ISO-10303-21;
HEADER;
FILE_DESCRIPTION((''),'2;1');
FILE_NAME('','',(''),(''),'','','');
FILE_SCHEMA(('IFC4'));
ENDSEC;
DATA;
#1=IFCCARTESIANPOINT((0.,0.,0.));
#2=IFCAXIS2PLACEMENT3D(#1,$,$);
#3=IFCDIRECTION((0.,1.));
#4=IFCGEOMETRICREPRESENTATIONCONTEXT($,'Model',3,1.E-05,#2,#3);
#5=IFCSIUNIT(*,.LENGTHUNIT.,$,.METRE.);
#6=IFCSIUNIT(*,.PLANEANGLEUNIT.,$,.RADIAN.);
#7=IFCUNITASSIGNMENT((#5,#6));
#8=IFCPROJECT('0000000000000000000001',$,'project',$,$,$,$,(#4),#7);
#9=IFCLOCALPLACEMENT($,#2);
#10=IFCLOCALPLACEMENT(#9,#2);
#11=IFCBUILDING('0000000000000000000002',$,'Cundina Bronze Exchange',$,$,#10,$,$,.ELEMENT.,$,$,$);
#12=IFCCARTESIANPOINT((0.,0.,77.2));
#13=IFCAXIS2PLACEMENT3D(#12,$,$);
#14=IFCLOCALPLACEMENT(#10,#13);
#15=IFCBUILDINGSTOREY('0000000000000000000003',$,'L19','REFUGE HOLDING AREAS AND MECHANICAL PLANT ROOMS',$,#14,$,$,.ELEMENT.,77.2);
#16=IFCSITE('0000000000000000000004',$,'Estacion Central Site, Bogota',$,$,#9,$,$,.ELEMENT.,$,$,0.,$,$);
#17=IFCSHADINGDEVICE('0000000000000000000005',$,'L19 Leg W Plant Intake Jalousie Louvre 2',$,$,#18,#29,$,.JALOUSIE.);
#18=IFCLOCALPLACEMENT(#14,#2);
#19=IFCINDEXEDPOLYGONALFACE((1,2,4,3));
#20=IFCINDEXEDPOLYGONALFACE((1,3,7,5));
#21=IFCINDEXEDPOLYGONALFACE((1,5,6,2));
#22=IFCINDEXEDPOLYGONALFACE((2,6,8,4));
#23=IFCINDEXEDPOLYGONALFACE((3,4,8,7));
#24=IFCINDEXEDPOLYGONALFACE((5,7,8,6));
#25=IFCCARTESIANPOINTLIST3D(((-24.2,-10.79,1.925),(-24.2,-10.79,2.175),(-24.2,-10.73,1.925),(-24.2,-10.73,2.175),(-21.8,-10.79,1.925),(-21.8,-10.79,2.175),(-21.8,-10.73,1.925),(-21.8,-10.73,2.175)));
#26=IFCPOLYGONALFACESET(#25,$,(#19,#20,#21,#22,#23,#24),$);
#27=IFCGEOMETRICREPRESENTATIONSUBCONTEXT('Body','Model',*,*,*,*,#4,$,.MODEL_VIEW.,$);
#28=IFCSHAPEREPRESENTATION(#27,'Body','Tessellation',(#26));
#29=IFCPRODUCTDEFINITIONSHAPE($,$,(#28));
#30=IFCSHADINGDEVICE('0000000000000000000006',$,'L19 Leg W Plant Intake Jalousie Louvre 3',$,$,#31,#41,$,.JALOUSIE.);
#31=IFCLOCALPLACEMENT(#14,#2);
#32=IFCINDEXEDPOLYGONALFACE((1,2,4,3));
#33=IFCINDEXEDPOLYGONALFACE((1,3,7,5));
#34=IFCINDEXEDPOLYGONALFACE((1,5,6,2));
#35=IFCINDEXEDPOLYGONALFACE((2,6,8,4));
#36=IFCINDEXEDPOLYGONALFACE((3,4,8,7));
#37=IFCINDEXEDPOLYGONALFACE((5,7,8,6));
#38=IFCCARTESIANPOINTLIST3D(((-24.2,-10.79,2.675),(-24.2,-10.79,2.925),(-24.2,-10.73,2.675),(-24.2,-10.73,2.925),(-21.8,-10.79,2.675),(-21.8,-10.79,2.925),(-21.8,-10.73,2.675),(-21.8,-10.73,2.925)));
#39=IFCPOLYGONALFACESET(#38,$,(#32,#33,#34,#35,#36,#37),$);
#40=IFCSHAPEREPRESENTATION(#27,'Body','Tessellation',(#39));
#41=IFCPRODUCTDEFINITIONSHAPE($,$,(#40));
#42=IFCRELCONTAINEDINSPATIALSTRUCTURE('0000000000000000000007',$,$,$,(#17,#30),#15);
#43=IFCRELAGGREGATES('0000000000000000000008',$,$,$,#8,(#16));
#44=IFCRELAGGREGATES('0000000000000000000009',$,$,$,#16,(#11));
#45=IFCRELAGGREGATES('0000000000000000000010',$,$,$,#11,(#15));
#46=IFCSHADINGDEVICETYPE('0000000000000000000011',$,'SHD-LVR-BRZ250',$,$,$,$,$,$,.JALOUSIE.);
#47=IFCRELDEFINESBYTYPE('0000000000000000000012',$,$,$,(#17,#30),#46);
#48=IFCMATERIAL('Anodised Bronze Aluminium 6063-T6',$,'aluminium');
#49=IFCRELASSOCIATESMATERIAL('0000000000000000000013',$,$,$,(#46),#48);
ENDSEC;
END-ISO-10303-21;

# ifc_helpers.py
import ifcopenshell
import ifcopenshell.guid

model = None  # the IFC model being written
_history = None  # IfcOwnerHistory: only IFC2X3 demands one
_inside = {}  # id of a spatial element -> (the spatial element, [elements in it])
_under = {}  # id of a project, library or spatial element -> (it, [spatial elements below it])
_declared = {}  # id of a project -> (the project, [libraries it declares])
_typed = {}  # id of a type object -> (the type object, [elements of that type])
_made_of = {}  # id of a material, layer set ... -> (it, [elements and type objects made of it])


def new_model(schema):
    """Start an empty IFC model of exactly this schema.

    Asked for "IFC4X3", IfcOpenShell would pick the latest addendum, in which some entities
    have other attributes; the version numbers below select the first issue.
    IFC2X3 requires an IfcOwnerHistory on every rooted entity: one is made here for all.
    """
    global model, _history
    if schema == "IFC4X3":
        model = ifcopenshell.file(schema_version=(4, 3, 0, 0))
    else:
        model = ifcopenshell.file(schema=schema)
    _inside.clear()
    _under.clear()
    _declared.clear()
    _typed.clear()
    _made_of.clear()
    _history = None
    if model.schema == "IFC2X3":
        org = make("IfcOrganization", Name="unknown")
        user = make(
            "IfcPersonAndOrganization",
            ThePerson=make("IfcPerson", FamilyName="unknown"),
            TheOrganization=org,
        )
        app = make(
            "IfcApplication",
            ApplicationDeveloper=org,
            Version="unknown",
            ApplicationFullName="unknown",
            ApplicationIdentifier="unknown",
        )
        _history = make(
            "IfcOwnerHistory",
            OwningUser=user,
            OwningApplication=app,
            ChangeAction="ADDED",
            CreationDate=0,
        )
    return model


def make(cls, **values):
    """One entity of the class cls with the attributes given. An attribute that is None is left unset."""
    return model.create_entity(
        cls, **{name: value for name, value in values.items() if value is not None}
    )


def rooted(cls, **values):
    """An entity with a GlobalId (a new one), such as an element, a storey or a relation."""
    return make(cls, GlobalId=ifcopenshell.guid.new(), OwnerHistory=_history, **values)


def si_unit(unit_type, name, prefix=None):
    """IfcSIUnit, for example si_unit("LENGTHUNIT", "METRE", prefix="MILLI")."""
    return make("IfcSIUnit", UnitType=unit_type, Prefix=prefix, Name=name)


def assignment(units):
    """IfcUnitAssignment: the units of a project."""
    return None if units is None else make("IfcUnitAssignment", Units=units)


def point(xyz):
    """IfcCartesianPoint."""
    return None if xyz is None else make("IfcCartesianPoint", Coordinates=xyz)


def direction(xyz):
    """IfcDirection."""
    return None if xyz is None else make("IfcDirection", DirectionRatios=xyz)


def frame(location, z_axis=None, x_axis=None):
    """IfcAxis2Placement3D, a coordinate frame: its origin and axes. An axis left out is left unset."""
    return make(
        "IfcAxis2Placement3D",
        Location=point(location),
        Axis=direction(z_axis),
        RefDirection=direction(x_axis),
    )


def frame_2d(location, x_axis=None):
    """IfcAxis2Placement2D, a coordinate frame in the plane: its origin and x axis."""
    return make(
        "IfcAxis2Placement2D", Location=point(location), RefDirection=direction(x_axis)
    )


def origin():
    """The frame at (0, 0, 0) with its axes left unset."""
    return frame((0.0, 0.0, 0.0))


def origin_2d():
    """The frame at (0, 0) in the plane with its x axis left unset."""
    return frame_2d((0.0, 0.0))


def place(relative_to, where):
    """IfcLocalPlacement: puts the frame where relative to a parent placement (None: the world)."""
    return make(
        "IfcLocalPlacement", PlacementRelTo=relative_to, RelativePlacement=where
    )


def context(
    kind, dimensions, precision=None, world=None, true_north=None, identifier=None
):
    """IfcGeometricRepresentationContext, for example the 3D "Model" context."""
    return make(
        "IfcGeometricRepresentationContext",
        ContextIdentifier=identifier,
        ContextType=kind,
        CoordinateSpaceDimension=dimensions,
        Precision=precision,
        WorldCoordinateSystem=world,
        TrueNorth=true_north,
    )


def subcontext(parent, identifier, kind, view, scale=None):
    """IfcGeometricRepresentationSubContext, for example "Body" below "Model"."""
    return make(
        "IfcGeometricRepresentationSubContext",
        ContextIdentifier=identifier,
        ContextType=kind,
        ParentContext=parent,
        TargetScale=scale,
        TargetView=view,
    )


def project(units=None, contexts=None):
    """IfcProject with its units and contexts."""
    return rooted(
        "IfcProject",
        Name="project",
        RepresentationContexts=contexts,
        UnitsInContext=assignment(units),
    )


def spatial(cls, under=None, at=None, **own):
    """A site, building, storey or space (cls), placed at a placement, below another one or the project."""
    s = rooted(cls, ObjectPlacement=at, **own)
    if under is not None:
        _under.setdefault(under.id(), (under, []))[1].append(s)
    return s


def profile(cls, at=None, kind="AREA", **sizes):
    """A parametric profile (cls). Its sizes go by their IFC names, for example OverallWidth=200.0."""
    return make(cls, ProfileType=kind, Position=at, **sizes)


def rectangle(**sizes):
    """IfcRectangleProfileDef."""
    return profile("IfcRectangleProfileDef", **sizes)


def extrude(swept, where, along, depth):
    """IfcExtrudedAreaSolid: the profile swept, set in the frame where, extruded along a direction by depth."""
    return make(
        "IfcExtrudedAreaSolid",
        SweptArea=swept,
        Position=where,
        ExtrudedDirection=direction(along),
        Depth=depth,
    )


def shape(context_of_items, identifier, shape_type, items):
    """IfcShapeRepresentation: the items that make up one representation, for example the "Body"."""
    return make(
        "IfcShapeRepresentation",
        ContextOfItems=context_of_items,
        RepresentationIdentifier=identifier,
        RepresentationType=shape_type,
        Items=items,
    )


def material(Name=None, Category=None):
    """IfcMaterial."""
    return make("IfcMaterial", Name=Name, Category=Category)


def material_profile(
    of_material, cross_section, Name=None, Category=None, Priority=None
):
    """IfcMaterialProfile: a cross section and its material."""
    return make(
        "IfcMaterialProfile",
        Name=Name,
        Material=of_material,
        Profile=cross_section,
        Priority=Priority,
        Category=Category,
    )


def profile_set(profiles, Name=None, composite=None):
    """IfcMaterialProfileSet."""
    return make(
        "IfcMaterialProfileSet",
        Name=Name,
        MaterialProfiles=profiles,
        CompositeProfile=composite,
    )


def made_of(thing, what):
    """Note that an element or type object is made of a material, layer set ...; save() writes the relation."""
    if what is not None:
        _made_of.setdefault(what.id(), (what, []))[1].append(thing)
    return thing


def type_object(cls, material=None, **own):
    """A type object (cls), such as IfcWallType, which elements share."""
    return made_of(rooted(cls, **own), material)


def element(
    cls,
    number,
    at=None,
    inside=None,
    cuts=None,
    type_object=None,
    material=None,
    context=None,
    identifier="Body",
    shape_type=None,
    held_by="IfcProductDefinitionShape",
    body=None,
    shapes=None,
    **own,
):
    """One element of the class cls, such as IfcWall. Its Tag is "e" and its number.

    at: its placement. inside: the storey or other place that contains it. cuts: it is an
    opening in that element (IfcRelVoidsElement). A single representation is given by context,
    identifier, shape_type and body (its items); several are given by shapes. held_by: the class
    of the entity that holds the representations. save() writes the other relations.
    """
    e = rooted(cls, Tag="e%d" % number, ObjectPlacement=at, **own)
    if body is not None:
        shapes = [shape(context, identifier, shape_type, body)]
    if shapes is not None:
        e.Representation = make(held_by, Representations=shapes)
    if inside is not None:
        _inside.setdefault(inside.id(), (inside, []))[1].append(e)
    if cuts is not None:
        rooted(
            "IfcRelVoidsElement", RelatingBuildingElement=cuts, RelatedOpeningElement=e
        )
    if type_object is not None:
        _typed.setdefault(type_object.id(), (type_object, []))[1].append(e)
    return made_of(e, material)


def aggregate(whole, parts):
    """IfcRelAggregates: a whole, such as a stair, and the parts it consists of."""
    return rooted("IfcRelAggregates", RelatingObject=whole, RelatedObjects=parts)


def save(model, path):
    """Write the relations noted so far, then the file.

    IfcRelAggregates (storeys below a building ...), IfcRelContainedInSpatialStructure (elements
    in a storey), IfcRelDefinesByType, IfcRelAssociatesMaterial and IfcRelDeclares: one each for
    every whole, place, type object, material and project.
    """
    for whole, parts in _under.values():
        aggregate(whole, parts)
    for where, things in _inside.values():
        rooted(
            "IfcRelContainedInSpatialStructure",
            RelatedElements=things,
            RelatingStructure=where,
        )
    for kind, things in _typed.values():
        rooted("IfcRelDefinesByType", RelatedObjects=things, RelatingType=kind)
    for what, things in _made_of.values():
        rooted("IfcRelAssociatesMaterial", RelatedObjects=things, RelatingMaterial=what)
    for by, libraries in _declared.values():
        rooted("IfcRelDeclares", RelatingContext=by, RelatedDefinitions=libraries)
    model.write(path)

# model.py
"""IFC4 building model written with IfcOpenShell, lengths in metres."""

from ifc_helpers import new_model, si_unit, direction, frame, origin, origin_2d, place, context, subcontext, project, spatial, rectangle, extrude, material, material_profile, profile_set, type_object, element, save


model = new_model("IFC4")

# Units and contexts
model_context = context("Model", 3, precision=1e-05, world=origin(), true_north=direction((0.0, 1.0)))
body_context = subcontext(model_context, "Body", "Model", "MODEL_VIEW")
ifc_project = project(units=[si_unit("LENGTHUNIT", "METRE"), si_unit("PLANEANGLEUNIT", "RADIAN")], contexts=[model_context])

# Site, building, storey
site_placement = place(None, origin())
site = spatial("IfcSite", under=ifc_project, at=site_placement, Name="Estacion Central Site, Bogota", CompositionType="ELEMENT", RefElevation=0.0)
building_placement = place(site_placement, origin())
building = spatial("IfcBuilding", under=site, at=building_placement, Name="Cundina Bronze Exchange", CompositionType="ELEMENT")
storey_placement = place(building_placement, frame((0.0, 0.0, 77.2)))
storey = spatial("IfcBuildingStorey", under=building, at=storey_placement, Name="L19", Description="REFUGE HOLDING AREAS AND MECHANICAL PLANT ROOMS", CompositionType="ELEMENT", Elevation=77.2)

# Shared definitions
ifc_material_1 = material(Name="Anodised Bronze Aluminium 6063-T6", Category="aluminium")

# Shading devices
ifc_material_profile_1 = material_profile(ifc_material_1, rectangle(XDim=0.0601, YDim=0.25, at=origin_2d()), Name="LVR60X250", Category="aluminium")
ifc_profile_set_1 = profile_set([ifc_material_profile_1], Name="Anodised Bronze Aluminium 6063-T6")
shading_device_type = type_object("IfcShadingDeviceType", Name="SHD-LVR-BRZ250", PredefinedType="JALOUSIE", material=ifc_profile_set_1)
for number, where, z_axis, x_axis, name in (
    (1, (-24.2, -10.76, 2.05), (1.0, 0.0, 0.0), (0.0, 1.0, 0.0), "L19 Leg W Plant Intake Jalousie Louvre 2"),
    (2, (-24.2, -10.76, 2.8), (1.0, 0.0, 0.0), (0.0, 1.0, 0.0), "L19 Leg W Plant Intake Jalousie Louvre 3"),
):
    element("IfcShadingDevice", number, at=place(storey_placement, frame(where, z_axis=z_axis, x_axis=x_axis)), inside=storey, type_object=shading_device_type, Name=name, PredefinedType="JALOUSIE", context=body_context, shape_type="SweptSolid", body=[
        extrude(rectangle(XDim=0.0601, YDim=0.25, at=origin_2d()), origin(), (0.0, 0.0, 1.0), 2.3999),
    ])

save(model, "model.ifc")
